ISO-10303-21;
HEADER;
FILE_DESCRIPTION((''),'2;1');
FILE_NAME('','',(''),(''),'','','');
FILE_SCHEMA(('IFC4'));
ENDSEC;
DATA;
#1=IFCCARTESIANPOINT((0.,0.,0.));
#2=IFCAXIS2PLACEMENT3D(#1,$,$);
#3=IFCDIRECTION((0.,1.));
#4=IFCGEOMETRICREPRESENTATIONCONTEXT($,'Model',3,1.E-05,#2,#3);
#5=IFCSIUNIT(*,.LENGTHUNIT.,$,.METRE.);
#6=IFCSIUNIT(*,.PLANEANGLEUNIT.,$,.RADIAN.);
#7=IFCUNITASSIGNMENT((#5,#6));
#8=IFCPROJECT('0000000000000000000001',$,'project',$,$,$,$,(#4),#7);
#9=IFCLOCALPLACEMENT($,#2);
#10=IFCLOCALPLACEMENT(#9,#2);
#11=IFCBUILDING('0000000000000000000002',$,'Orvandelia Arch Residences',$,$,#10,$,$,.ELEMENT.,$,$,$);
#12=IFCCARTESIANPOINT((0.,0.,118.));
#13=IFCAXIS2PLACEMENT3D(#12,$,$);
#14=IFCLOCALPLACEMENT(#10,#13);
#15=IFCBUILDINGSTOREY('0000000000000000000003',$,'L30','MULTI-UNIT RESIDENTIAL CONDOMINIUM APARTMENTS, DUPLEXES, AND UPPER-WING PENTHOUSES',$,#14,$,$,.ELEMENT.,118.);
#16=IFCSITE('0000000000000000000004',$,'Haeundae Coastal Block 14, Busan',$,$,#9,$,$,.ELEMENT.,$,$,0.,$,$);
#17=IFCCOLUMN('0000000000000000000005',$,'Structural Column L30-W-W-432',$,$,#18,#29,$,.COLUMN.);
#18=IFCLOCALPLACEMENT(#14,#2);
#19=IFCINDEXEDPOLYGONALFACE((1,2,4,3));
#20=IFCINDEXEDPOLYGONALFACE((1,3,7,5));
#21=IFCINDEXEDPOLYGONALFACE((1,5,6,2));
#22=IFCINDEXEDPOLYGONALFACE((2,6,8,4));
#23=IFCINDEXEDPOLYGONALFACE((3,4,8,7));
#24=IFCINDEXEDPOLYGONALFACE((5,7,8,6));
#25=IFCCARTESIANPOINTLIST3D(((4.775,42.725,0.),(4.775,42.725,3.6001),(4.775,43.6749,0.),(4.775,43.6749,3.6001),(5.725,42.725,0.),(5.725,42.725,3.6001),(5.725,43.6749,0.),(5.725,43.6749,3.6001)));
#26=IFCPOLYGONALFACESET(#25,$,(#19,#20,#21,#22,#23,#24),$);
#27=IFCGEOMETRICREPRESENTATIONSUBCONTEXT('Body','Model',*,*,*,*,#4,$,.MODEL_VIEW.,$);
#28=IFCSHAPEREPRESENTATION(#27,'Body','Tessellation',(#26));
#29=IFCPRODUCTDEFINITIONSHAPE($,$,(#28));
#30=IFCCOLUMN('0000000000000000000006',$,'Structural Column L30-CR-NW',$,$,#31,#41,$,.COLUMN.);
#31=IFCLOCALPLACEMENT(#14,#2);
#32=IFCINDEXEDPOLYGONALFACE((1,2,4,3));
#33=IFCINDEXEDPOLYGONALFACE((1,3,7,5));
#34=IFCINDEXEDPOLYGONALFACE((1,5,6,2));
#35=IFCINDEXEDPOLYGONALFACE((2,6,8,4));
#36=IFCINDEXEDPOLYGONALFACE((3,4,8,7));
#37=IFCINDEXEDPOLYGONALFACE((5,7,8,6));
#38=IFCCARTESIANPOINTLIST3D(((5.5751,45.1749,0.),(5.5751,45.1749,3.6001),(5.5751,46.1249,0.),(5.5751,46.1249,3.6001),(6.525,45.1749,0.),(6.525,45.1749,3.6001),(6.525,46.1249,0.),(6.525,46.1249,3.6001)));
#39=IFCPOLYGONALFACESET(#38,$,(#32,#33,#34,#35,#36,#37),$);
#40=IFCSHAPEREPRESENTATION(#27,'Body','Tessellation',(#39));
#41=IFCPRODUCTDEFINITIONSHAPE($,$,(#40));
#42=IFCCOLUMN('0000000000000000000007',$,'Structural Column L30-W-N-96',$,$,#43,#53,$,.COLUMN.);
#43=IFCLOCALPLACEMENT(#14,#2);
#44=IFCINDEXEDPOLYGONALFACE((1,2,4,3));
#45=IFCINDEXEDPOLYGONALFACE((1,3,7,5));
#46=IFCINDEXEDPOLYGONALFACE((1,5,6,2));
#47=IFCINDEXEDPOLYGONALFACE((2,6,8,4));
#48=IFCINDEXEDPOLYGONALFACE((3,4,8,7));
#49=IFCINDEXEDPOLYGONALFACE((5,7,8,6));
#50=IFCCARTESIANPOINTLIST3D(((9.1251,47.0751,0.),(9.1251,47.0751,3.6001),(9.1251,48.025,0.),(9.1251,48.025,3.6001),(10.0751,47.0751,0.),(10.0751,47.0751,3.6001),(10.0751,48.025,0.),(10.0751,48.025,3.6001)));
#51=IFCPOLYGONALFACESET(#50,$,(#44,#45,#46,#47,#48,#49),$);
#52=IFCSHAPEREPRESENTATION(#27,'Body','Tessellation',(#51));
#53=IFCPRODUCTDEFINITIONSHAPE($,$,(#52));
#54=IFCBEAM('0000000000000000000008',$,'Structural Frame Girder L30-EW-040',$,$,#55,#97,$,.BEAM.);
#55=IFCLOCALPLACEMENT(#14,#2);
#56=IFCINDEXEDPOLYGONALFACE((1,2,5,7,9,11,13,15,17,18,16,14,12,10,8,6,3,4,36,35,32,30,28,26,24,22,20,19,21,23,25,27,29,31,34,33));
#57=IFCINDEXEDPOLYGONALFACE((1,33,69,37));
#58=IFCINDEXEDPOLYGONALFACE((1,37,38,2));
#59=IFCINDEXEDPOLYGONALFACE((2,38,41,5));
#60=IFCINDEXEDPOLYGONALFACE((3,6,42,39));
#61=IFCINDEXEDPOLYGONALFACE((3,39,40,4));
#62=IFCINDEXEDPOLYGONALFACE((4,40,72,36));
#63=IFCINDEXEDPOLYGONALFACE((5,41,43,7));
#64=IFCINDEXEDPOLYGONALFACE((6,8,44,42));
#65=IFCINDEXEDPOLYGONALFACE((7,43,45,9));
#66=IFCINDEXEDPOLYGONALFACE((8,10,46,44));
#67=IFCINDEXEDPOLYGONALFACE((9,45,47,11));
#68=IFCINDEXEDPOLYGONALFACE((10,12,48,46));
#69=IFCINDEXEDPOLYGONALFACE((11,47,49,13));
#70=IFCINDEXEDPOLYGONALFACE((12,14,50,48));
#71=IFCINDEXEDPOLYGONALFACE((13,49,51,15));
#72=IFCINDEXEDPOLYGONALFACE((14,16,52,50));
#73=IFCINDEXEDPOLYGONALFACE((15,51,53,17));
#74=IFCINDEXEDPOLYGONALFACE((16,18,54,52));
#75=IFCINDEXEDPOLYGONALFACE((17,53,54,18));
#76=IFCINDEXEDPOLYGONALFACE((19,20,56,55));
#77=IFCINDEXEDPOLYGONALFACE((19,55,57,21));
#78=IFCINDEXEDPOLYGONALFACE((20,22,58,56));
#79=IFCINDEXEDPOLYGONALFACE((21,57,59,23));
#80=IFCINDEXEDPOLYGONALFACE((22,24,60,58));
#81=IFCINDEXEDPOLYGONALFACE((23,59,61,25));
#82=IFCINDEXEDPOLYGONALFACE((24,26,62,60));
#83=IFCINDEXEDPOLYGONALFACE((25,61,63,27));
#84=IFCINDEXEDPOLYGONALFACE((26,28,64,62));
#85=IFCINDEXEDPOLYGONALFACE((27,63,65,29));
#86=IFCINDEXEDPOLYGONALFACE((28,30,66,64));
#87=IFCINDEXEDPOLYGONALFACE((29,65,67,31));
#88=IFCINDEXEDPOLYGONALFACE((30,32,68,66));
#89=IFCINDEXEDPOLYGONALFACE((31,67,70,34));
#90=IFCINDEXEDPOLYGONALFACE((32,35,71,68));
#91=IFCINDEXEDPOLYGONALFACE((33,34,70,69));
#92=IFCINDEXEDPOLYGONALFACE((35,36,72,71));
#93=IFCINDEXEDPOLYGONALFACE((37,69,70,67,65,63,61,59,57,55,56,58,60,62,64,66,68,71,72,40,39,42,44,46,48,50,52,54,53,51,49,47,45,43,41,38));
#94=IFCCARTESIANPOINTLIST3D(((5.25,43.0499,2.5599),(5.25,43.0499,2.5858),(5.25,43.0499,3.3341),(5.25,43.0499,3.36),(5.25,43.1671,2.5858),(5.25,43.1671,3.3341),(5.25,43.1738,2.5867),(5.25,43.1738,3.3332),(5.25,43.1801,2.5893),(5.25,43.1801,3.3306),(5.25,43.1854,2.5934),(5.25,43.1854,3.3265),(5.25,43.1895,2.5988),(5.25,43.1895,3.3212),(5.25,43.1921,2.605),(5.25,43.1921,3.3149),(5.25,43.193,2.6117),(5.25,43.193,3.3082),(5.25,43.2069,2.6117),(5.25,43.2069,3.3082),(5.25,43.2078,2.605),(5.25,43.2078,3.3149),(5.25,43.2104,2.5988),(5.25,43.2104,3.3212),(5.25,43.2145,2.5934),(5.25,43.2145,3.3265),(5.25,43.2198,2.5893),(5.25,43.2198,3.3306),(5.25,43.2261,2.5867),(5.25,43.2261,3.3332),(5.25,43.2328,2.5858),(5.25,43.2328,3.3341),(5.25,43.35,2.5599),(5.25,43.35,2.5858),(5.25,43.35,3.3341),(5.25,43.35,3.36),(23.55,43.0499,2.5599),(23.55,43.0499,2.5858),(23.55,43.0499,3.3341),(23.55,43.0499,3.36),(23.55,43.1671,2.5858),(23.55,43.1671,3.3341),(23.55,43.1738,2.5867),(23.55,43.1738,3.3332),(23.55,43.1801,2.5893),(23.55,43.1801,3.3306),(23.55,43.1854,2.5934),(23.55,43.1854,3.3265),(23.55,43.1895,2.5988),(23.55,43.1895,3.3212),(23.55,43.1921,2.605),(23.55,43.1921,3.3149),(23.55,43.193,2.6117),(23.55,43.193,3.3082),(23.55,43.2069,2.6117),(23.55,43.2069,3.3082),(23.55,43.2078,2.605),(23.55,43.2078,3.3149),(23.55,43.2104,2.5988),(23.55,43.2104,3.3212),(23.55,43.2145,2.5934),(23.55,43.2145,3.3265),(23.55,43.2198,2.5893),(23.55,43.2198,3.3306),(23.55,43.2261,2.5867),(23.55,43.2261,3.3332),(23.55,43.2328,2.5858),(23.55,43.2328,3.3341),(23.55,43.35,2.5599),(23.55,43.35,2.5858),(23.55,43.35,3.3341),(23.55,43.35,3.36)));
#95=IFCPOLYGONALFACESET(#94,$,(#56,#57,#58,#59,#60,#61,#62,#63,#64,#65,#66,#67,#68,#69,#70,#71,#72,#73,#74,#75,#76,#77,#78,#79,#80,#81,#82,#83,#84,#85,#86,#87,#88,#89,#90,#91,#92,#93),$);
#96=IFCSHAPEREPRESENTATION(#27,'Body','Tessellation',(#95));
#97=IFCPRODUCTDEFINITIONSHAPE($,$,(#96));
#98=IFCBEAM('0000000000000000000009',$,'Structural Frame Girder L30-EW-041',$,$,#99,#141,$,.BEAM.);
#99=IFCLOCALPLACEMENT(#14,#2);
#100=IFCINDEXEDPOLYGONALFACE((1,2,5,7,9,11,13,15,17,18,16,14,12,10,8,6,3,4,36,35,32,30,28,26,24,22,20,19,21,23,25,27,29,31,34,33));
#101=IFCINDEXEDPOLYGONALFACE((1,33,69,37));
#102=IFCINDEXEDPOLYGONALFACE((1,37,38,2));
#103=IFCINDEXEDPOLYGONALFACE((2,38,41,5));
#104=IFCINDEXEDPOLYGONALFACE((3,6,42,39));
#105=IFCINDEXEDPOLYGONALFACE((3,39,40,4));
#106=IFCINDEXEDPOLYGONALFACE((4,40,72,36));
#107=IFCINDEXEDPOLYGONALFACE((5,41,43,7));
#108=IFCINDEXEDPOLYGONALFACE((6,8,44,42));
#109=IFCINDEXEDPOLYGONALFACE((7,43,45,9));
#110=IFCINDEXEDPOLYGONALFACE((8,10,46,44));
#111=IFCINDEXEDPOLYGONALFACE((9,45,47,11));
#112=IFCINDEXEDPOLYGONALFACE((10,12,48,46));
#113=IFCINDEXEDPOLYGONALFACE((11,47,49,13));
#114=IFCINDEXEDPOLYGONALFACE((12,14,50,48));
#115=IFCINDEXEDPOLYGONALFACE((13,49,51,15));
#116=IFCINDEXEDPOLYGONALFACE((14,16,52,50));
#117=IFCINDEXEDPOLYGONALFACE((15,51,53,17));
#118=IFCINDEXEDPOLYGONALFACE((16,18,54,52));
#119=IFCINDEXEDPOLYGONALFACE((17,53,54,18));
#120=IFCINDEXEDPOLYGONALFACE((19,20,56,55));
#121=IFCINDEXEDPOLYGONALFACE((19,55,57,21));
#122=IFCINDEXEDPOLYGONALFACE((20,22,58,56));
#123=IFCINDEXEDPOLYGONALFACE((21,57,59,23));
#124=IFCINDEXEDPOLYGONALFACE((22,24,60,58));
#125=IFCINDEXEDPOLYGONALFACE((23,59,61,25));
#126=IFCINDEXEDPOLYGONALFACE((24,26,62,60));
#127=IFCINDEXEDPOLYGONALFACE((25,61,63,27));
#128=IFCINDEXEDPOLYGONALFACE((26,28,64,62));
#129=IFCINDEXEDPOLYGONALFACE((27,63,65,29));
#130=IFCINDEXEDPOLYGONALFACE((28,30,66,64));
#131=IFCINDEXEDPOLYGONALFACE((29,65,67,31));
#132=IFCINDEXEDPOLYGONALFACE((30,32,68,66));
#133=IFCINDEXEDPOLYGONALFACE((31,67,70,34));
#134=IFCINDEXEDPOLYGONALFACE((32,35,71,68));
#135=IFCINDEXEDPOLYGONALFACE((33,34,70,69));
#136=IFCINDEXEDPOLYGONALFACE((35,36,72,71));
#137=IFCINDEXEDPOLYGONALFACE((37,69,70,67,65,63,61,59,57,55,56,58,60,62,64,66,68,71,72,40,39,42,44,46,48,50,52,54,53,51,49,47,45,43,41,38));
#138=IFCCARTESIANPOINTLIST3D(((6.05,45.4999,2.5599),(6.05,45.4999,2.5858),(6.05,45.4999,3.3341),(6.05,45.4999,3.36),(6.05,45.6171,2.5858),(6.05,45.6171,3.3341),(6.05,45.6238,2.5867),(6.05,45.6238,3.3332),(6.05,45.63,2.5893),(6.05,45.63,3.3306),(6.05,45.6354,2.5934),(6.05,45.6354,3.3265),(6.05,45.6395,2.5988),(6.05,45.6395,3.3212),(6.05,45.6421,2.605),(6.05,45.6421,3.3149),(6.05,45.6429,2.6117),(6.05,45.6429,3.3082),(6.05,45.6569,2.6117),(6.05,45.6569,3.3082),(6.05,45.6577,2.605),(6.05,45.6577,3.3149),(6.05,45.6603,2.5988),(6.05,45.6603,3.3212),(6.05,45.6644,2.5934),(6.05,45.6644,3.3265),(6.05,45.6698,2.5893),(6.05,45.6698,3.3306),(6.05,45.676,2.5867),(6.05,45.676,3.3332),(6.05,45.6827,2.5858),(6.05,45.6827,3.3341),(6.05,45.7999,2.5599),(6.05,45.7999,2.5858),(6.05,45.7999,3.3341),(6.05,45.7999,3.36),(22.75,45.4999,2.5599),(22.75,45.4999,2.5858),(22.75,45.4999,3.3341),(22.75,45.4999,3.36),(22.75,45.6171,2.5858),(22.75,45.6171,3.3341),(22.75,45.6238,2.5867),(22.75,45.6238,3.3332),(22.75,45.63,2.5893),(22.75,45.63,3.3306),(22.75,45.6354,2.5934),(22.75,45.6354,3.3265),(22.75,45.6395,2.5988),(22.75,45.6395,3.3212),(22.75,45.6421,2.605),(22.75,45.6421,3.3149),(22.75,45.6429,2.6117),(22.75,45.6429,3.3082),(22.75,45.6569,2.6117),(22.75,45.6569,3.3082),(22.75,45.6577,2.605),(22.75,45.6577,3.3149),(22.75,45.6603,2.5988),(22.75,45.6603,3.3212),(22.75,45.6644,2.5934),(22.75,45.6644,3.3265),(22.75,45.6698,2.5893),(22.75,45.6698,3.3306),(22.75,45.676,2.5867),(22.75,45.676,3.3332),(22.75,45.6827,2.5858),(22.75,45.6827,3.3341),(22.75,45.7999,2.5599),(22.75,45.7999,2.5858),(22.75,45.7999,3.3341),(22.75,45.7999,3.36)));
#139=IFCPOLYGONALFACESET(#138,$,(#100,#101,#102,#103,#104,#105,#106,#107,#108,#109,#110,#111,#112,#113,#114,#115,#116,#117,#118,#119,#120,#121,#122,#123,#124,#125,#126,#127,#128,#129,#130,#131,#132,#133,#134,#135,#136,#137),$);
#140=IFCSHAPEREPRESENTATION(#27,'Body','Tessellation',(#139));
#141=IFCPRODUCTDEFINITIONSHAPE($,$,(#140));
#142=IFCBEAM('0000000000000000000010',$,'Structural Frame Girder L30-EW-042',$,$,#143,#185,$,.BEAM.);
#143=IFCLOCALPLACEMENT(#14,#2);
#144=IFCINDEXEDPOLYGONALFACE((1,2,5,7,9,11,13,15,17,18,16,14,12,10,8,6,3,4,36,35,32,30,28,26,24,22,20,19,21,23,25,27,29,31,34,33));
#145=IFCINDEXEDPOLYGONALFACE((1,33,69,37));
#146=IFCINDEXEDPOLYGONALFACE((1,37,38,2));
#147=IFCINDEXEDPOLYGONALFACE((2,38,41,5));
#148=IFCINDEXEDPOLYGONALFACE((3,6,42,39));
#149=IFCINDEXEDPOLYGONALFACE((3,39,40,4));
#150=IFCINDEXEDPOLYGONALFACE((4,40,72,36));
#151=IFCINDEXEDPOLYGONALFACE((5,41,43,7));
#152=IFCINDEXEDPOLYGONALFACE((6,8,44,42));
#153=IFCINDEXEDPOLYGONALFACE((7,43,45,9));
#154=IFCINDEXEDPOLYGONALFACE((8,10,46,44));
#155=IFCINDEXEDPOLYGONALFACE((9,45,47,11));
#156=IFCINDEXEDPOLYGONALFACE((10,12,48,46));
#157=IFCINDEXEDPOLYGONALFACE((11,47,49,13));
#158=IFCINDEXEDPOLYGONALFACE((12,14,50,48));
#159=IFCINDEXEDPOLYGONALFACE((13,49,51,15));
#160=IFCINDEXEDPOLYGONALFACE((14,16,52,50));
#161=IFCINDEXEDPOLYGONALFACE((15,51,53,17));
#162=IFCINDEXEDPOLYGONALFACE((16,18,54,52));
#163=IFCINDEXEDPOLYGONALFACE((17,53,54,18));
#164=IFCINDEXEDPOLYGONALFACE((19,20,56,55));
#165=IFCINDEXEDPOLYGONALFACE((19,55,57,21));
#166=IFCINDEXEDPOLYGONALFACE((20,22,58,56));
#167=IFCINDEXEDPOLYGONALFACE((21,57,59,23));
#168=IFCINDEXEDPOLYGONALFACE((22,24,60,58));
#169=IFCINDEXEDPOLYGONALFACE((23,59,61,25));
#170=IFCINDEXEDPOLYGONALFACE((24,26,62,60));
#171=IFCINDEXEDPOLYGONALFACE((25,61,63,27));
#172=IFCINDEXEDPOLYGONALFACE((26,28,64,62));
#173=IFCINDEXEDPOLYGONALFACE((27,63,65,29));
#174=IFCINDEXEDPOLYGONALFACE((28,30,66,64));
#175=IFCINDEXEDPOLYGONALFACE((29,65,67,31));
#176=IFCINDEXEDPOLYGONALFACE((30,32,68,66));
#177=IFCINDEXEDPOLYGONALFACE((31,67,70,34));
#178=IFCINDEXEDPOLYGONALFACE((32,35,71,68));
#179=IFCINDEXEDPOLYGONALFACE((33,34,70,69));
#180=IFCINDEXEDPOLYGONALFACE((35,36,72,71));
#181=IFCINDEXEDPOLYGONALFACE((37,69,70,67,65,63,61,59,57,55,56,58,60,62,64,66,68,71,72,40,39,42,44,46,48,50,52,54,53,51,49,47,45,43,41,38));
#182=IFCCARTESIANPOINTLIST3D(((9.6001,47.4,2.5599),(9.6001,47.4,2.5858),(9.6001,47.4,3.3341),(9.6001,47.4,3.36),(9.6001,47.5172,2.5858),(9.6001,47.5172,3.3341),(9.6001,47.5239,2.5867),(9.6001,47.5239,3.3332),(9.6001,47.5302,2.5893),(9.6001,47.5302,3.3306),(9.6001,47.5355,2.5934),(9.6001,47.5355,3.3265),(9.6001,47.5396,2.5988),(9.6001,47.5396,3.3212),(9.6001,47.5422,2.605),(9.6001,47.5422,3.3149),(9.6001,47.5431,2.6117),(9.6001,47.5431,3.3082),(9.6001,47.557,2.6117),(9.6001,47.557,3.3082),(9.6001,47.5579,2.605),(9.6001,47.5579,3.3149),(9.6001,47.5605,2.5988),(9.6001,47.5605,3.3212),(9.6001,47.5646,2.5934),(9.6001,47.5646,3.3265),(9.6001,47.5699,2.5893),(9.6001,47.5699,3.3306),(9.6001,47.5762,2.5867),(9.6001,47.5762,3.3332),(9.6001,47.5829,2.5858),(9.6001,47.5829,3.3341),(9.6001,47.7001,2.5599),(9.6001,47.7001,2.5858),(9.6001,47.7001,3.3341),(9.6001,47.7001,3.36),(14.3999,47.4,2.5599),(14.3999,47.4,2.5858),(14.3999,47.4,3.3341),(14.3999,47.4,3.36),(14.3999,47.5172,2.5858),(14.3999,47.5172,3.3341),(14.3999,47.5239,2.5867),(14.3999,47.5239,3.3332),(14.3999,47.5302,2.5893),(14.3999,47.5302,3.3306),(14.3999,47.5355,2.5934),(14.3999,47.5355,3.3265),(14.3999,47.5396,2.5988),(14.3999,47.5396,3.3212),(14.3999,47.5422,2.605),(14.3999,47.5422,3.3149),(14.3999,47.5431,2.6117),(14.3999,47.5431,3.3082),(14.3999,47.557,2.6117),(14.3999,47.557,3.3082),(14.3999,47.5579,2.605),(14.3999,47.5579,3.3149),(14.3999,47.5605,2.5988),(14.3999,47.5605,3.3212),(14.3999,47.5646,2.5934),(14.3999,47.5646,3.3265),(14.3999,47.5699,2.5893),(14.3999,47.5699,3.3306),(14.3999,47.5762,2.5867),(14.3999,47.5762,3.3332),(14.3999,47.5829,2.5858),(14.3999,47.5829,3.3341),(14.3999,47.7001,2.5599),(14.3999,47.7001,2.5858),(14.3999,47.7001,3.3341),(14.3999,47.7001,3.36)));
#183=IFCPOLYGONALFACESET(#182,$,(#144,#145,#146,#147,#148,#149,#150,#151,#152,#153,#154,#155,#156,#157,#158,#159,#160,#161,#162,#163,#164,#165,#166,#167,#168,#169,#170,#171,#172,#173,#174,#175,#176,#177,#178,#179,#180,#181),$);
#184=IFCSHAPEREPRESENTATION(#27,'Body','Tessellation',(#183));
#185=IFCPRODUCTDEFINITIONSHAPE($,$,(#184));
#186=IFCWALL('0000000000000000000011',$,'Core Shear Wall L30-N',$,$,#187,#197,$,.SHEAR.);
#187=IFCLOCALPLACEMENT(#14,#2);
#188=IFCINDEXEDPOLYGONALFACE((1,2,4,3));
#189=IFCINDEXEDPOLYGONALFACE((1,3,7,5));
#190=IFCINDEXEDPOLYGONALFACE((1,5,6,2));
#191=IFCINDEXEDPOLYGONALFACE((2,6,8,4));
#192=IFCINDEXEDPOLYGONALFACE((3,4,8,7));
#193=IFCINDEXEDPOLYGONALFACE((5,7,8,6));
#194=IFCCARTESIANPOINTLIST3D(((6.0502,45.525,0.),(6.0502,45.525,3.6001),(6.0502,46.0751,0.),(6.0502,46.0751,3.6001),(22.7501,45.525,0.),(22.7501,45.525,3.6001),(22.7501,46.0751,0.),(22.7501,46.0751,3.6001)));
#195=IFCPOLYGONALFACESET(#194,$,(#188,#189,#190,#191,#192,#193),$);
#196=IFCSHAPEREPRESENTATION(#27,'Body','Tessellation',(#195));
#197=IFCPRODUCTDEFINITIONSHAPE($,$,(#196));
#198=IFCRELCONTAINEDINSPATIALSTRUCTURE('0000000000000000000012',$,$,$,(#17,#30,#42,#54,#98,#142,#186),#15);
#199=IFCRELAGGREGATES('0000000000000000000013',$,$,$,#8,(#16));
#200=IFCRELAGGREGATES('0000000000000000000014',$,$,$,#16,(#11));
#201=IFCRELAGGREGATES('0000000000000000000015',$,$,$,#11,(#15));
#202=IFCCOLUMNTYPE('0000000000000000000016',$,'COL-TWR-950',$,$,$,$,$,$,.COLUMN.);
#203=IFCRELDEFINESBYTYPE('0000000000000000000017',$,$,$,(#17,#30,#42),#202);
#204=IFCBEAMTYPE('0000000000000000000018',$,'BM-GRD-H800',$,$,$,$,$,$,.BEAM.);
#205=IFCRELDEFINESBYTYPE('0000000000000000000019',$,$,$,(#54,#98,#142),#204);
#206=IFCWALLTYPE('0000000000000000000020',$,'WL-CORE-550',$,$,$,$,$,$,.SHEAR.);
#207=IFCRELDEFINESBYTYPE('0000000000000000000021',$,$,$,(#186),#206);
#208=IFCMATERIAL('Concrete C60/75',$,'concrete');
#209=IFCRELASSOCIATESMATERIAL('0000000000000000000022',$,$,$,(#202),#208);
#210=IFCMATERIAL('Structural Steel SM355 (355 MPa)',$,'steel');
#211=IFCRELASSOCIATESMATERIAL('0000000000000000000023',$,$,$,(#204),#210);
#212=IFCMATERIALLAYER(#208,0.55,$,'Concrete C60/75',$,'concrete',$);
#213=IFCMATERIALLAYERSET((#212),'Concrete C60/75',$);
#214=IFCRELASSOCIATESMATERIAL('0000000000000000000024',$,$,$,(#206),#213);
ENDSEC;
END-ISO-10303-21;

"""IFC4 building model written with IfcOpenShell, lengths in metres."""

from ifc_helpers import new_model, si_unit, direction, frame, frame_2d, origin, origin_2d, place, context, subcontext, project, spatial, rectangle, i_section, extrude, material, layer, layer_set, material_profile, profile_set, type_object, element, save


model = new_model("IFC4")

# Units and contexts
model_context = context("Model", 3, precision=1e-05, world=origin(), true_north=direction((0.0, 1.0)))
body_context = subcontext(model_context, "Body", "Model", "MODEL_VIEW")
ifc_project = project(units=[si_unit("LENGTHUNIT", "METRE"), si_unit("PLANEANGLEUNIT", "RADIAN")], contexts=[model_context])

# Site, building, storey
site_placement = place(None, origin())
site = spatial("IfcSite", under=ifc_project, at=site_placement, Name="Haeundae Coastal Block 14, Busan", CompositionType="ELEMENT", RefElevation=0.0)
building_placement = place(site_placement, origin())
building = spatial("IfcBuilding", under=site, at=building_placement, Name="Orvandelia Arch Residences", CompositionType="ELEMENT")
storey_placement = place(building_placement, frame((0.0, 0.0, 118.0)))
storey = spatial("IfcBuildingStorey", under=building, at=storey_placement, Name="L30", Description="MULTI-UNIT RESIDENTIAL CONDOMINIUM APARTMENTS, DUPLEXES, AND UPPER-WING PENTHOUSES", CompositionType="ELEMENT", Elevation=118.0)

# Columns
ifc_material_1 = material(Name="Concrete C60/75", Category="concrete")
ifc_material_profile_1 = material_profile(ifc_material_1, rectangle(XDim=0.95, YDim=0.95, at=origin_2d()), Name="Concrete C60/75", Category="concrete")
ifc_profile_set_1 = profile_set([ifc_material_profile_1], Name="Concrete C60/75")
column_type = type_object("IfcColumnType", Name="COL-TWR-950", PredefinedType="COLUMN", material=ifc_profile_set_1)
for number, where, z_axis, x_axis, name in (
    (1, (5.25, 43.2, 0.0), (0.0, 0.0, 1.0), (1.0, 0.0, 0.0), "Structural Column L30-W-W-432"),
    (2, (6.05, 45.6499, 0.0), (0.0, 0.0, 1.0), (1.0, 0.0, 0.0), "Structural Column L30-CR-NW"),
    (3, (9.6001, 47.55, 0.0), (0.0, 0.0, 1.0), (1.0, 0.0, 0.0), "Structural Column L30-W-N-96"),
):
    element("IfcColumn", number, at=place(storey_placement, frame(where, z_axis=z_axis, x_axis=x_axis)), inside=storey, type_object=column_type, Name=name, PredefinedType="COLUMN", context=body_context, shape_type="SweptSolid", body=[
        extrude(rectangle(XDim=0.95, YDim=0.95, at=origin_2d()), origin(), (0.0, 0.0, 1.0), 3.6001),
    ])

# Beams
ifc_material_2 = material(Name="Structural Steel SM355 (355 MPa)", Category="steel")
ifc_material_profile_2 = material_profile(ifc_material_2, i_section(OverallWidth=0.3, OverallDepth=0.8, WebThickness=0.0139, FlangeThickness=0.0259, FilletRadius=0.0259, at=origin_2d()), Name="Structural Steel SM355 (355 MPa)", Category="steel")
ifc_profile_set_2 = profile_set([ifc_material_profile_2], Name="Structural Steel SM355 (355 MPa)")
beam_type = type_object("IfcBeamType", Name="BM-GRD-H800", PredefinedType="BEAM", material=ifc_profile_set_2)
beam_1_placement = place(storey_placement, frame((5.25, 43.2, 2.96), z_axis=(1.0, 0.0, 0.0), x_axis=(0.0, 1.0, 0.0)))
element("IfcBeam", 4, at=beam_1_placement, inside=storey, type_object=beam_type, Name="Structural Frame Girder L30-EW-040", PredefinedType="BEAM", context=body_context, shape_type="SweptSolid", body=[
    extrude(i_section(OverallWidth=0.3, OverallDepth=0.8, WebThickness=0.0139, FlangeThickness=0.0259, FilletRadius=0.0259, at=origin_2d()), origin(), (0.0, 0.0, 1.0), 18.3),
])
beam_2_placement = place(storey_placement, frame((6.05, 45.6499, 2.96), z_axis=(1.0, 0.0, 0.0), x_axis=(0.0, 1.0, 0.0)))
element("IfcBeam", 5, at=beam_2_placement, inside=storey, type_object=beam_type, Name="Structural Frame Girder L30-EW-041", PredefinedType="BEAM", context=body_context, shape_type="SweptSolid", body=[
    extrude(i_section(OverallWidth=0.3, OverallDepth=0.8, WebThickness=0.0139, FlangeThickness=0.0259, FilletRadius=0.0259, at=origin_2d()), origin(), (0.0, 0.0, 1.0), 16.7),
])
beam_3_placement = place(storey_placement, frame((9.6001, 47.55, 2.96), z_axis=(1.0, 0.0, 0.0), x_axis=(0.0, 1.0, 0.0)))
element("IfcBeam", 6, at=beam_3_placement, inside=storey, type_object=beam_type, Name="Structural Frame Girder L30-EW-042", PredefinedType="BEAM", context=body_context, shape_type="SweptSolid", body=[
    extrude(i_section(OverallWidth=0.3, OverallDepth=0.8, WebThickness=0.0139, FlangeThickness=0.0259, FilletRadius=0.0259, at=origin_2d()), origin(), (0.0, 0.0, 1.0), 4.7998),
])

# Wall
ifc_layer_1 = layer(ifc_material_1, 0.55, Name="Concrete C60/75", Category="concrete")
ifc_layer_set_1 = layer_set([ifc_layer_1], Name="Concrete C60/75")
wall_type_1 = type_object("IfcWallType", Name="WL-CORE-550", PredefinedType="SHEAR", material=ifc_layer_set_1)
wall_1_placement = place(storey_placement, frame((6.05, 45.8, 0.0), z_axis=(0.0, 0.0, 1.0), x_axis=(1.0, 0.0, 0.0)))
element("IfcWall", 7, at=wall_1_placement, inside=storey, type_object=wall_type_1, Name="Core Shear Wall L30-N", PredefinedType="SHEAR", context=body_context, shape_type="SweptSolid", body=[
    extrude(rectangle(XDim=16.7, YDim=0.55, at=frame_2d((8.3501, 0.0))), origin(), (0.0, 0.0, 1.0), 3.6001),
])

save(model, "model.ifc")
